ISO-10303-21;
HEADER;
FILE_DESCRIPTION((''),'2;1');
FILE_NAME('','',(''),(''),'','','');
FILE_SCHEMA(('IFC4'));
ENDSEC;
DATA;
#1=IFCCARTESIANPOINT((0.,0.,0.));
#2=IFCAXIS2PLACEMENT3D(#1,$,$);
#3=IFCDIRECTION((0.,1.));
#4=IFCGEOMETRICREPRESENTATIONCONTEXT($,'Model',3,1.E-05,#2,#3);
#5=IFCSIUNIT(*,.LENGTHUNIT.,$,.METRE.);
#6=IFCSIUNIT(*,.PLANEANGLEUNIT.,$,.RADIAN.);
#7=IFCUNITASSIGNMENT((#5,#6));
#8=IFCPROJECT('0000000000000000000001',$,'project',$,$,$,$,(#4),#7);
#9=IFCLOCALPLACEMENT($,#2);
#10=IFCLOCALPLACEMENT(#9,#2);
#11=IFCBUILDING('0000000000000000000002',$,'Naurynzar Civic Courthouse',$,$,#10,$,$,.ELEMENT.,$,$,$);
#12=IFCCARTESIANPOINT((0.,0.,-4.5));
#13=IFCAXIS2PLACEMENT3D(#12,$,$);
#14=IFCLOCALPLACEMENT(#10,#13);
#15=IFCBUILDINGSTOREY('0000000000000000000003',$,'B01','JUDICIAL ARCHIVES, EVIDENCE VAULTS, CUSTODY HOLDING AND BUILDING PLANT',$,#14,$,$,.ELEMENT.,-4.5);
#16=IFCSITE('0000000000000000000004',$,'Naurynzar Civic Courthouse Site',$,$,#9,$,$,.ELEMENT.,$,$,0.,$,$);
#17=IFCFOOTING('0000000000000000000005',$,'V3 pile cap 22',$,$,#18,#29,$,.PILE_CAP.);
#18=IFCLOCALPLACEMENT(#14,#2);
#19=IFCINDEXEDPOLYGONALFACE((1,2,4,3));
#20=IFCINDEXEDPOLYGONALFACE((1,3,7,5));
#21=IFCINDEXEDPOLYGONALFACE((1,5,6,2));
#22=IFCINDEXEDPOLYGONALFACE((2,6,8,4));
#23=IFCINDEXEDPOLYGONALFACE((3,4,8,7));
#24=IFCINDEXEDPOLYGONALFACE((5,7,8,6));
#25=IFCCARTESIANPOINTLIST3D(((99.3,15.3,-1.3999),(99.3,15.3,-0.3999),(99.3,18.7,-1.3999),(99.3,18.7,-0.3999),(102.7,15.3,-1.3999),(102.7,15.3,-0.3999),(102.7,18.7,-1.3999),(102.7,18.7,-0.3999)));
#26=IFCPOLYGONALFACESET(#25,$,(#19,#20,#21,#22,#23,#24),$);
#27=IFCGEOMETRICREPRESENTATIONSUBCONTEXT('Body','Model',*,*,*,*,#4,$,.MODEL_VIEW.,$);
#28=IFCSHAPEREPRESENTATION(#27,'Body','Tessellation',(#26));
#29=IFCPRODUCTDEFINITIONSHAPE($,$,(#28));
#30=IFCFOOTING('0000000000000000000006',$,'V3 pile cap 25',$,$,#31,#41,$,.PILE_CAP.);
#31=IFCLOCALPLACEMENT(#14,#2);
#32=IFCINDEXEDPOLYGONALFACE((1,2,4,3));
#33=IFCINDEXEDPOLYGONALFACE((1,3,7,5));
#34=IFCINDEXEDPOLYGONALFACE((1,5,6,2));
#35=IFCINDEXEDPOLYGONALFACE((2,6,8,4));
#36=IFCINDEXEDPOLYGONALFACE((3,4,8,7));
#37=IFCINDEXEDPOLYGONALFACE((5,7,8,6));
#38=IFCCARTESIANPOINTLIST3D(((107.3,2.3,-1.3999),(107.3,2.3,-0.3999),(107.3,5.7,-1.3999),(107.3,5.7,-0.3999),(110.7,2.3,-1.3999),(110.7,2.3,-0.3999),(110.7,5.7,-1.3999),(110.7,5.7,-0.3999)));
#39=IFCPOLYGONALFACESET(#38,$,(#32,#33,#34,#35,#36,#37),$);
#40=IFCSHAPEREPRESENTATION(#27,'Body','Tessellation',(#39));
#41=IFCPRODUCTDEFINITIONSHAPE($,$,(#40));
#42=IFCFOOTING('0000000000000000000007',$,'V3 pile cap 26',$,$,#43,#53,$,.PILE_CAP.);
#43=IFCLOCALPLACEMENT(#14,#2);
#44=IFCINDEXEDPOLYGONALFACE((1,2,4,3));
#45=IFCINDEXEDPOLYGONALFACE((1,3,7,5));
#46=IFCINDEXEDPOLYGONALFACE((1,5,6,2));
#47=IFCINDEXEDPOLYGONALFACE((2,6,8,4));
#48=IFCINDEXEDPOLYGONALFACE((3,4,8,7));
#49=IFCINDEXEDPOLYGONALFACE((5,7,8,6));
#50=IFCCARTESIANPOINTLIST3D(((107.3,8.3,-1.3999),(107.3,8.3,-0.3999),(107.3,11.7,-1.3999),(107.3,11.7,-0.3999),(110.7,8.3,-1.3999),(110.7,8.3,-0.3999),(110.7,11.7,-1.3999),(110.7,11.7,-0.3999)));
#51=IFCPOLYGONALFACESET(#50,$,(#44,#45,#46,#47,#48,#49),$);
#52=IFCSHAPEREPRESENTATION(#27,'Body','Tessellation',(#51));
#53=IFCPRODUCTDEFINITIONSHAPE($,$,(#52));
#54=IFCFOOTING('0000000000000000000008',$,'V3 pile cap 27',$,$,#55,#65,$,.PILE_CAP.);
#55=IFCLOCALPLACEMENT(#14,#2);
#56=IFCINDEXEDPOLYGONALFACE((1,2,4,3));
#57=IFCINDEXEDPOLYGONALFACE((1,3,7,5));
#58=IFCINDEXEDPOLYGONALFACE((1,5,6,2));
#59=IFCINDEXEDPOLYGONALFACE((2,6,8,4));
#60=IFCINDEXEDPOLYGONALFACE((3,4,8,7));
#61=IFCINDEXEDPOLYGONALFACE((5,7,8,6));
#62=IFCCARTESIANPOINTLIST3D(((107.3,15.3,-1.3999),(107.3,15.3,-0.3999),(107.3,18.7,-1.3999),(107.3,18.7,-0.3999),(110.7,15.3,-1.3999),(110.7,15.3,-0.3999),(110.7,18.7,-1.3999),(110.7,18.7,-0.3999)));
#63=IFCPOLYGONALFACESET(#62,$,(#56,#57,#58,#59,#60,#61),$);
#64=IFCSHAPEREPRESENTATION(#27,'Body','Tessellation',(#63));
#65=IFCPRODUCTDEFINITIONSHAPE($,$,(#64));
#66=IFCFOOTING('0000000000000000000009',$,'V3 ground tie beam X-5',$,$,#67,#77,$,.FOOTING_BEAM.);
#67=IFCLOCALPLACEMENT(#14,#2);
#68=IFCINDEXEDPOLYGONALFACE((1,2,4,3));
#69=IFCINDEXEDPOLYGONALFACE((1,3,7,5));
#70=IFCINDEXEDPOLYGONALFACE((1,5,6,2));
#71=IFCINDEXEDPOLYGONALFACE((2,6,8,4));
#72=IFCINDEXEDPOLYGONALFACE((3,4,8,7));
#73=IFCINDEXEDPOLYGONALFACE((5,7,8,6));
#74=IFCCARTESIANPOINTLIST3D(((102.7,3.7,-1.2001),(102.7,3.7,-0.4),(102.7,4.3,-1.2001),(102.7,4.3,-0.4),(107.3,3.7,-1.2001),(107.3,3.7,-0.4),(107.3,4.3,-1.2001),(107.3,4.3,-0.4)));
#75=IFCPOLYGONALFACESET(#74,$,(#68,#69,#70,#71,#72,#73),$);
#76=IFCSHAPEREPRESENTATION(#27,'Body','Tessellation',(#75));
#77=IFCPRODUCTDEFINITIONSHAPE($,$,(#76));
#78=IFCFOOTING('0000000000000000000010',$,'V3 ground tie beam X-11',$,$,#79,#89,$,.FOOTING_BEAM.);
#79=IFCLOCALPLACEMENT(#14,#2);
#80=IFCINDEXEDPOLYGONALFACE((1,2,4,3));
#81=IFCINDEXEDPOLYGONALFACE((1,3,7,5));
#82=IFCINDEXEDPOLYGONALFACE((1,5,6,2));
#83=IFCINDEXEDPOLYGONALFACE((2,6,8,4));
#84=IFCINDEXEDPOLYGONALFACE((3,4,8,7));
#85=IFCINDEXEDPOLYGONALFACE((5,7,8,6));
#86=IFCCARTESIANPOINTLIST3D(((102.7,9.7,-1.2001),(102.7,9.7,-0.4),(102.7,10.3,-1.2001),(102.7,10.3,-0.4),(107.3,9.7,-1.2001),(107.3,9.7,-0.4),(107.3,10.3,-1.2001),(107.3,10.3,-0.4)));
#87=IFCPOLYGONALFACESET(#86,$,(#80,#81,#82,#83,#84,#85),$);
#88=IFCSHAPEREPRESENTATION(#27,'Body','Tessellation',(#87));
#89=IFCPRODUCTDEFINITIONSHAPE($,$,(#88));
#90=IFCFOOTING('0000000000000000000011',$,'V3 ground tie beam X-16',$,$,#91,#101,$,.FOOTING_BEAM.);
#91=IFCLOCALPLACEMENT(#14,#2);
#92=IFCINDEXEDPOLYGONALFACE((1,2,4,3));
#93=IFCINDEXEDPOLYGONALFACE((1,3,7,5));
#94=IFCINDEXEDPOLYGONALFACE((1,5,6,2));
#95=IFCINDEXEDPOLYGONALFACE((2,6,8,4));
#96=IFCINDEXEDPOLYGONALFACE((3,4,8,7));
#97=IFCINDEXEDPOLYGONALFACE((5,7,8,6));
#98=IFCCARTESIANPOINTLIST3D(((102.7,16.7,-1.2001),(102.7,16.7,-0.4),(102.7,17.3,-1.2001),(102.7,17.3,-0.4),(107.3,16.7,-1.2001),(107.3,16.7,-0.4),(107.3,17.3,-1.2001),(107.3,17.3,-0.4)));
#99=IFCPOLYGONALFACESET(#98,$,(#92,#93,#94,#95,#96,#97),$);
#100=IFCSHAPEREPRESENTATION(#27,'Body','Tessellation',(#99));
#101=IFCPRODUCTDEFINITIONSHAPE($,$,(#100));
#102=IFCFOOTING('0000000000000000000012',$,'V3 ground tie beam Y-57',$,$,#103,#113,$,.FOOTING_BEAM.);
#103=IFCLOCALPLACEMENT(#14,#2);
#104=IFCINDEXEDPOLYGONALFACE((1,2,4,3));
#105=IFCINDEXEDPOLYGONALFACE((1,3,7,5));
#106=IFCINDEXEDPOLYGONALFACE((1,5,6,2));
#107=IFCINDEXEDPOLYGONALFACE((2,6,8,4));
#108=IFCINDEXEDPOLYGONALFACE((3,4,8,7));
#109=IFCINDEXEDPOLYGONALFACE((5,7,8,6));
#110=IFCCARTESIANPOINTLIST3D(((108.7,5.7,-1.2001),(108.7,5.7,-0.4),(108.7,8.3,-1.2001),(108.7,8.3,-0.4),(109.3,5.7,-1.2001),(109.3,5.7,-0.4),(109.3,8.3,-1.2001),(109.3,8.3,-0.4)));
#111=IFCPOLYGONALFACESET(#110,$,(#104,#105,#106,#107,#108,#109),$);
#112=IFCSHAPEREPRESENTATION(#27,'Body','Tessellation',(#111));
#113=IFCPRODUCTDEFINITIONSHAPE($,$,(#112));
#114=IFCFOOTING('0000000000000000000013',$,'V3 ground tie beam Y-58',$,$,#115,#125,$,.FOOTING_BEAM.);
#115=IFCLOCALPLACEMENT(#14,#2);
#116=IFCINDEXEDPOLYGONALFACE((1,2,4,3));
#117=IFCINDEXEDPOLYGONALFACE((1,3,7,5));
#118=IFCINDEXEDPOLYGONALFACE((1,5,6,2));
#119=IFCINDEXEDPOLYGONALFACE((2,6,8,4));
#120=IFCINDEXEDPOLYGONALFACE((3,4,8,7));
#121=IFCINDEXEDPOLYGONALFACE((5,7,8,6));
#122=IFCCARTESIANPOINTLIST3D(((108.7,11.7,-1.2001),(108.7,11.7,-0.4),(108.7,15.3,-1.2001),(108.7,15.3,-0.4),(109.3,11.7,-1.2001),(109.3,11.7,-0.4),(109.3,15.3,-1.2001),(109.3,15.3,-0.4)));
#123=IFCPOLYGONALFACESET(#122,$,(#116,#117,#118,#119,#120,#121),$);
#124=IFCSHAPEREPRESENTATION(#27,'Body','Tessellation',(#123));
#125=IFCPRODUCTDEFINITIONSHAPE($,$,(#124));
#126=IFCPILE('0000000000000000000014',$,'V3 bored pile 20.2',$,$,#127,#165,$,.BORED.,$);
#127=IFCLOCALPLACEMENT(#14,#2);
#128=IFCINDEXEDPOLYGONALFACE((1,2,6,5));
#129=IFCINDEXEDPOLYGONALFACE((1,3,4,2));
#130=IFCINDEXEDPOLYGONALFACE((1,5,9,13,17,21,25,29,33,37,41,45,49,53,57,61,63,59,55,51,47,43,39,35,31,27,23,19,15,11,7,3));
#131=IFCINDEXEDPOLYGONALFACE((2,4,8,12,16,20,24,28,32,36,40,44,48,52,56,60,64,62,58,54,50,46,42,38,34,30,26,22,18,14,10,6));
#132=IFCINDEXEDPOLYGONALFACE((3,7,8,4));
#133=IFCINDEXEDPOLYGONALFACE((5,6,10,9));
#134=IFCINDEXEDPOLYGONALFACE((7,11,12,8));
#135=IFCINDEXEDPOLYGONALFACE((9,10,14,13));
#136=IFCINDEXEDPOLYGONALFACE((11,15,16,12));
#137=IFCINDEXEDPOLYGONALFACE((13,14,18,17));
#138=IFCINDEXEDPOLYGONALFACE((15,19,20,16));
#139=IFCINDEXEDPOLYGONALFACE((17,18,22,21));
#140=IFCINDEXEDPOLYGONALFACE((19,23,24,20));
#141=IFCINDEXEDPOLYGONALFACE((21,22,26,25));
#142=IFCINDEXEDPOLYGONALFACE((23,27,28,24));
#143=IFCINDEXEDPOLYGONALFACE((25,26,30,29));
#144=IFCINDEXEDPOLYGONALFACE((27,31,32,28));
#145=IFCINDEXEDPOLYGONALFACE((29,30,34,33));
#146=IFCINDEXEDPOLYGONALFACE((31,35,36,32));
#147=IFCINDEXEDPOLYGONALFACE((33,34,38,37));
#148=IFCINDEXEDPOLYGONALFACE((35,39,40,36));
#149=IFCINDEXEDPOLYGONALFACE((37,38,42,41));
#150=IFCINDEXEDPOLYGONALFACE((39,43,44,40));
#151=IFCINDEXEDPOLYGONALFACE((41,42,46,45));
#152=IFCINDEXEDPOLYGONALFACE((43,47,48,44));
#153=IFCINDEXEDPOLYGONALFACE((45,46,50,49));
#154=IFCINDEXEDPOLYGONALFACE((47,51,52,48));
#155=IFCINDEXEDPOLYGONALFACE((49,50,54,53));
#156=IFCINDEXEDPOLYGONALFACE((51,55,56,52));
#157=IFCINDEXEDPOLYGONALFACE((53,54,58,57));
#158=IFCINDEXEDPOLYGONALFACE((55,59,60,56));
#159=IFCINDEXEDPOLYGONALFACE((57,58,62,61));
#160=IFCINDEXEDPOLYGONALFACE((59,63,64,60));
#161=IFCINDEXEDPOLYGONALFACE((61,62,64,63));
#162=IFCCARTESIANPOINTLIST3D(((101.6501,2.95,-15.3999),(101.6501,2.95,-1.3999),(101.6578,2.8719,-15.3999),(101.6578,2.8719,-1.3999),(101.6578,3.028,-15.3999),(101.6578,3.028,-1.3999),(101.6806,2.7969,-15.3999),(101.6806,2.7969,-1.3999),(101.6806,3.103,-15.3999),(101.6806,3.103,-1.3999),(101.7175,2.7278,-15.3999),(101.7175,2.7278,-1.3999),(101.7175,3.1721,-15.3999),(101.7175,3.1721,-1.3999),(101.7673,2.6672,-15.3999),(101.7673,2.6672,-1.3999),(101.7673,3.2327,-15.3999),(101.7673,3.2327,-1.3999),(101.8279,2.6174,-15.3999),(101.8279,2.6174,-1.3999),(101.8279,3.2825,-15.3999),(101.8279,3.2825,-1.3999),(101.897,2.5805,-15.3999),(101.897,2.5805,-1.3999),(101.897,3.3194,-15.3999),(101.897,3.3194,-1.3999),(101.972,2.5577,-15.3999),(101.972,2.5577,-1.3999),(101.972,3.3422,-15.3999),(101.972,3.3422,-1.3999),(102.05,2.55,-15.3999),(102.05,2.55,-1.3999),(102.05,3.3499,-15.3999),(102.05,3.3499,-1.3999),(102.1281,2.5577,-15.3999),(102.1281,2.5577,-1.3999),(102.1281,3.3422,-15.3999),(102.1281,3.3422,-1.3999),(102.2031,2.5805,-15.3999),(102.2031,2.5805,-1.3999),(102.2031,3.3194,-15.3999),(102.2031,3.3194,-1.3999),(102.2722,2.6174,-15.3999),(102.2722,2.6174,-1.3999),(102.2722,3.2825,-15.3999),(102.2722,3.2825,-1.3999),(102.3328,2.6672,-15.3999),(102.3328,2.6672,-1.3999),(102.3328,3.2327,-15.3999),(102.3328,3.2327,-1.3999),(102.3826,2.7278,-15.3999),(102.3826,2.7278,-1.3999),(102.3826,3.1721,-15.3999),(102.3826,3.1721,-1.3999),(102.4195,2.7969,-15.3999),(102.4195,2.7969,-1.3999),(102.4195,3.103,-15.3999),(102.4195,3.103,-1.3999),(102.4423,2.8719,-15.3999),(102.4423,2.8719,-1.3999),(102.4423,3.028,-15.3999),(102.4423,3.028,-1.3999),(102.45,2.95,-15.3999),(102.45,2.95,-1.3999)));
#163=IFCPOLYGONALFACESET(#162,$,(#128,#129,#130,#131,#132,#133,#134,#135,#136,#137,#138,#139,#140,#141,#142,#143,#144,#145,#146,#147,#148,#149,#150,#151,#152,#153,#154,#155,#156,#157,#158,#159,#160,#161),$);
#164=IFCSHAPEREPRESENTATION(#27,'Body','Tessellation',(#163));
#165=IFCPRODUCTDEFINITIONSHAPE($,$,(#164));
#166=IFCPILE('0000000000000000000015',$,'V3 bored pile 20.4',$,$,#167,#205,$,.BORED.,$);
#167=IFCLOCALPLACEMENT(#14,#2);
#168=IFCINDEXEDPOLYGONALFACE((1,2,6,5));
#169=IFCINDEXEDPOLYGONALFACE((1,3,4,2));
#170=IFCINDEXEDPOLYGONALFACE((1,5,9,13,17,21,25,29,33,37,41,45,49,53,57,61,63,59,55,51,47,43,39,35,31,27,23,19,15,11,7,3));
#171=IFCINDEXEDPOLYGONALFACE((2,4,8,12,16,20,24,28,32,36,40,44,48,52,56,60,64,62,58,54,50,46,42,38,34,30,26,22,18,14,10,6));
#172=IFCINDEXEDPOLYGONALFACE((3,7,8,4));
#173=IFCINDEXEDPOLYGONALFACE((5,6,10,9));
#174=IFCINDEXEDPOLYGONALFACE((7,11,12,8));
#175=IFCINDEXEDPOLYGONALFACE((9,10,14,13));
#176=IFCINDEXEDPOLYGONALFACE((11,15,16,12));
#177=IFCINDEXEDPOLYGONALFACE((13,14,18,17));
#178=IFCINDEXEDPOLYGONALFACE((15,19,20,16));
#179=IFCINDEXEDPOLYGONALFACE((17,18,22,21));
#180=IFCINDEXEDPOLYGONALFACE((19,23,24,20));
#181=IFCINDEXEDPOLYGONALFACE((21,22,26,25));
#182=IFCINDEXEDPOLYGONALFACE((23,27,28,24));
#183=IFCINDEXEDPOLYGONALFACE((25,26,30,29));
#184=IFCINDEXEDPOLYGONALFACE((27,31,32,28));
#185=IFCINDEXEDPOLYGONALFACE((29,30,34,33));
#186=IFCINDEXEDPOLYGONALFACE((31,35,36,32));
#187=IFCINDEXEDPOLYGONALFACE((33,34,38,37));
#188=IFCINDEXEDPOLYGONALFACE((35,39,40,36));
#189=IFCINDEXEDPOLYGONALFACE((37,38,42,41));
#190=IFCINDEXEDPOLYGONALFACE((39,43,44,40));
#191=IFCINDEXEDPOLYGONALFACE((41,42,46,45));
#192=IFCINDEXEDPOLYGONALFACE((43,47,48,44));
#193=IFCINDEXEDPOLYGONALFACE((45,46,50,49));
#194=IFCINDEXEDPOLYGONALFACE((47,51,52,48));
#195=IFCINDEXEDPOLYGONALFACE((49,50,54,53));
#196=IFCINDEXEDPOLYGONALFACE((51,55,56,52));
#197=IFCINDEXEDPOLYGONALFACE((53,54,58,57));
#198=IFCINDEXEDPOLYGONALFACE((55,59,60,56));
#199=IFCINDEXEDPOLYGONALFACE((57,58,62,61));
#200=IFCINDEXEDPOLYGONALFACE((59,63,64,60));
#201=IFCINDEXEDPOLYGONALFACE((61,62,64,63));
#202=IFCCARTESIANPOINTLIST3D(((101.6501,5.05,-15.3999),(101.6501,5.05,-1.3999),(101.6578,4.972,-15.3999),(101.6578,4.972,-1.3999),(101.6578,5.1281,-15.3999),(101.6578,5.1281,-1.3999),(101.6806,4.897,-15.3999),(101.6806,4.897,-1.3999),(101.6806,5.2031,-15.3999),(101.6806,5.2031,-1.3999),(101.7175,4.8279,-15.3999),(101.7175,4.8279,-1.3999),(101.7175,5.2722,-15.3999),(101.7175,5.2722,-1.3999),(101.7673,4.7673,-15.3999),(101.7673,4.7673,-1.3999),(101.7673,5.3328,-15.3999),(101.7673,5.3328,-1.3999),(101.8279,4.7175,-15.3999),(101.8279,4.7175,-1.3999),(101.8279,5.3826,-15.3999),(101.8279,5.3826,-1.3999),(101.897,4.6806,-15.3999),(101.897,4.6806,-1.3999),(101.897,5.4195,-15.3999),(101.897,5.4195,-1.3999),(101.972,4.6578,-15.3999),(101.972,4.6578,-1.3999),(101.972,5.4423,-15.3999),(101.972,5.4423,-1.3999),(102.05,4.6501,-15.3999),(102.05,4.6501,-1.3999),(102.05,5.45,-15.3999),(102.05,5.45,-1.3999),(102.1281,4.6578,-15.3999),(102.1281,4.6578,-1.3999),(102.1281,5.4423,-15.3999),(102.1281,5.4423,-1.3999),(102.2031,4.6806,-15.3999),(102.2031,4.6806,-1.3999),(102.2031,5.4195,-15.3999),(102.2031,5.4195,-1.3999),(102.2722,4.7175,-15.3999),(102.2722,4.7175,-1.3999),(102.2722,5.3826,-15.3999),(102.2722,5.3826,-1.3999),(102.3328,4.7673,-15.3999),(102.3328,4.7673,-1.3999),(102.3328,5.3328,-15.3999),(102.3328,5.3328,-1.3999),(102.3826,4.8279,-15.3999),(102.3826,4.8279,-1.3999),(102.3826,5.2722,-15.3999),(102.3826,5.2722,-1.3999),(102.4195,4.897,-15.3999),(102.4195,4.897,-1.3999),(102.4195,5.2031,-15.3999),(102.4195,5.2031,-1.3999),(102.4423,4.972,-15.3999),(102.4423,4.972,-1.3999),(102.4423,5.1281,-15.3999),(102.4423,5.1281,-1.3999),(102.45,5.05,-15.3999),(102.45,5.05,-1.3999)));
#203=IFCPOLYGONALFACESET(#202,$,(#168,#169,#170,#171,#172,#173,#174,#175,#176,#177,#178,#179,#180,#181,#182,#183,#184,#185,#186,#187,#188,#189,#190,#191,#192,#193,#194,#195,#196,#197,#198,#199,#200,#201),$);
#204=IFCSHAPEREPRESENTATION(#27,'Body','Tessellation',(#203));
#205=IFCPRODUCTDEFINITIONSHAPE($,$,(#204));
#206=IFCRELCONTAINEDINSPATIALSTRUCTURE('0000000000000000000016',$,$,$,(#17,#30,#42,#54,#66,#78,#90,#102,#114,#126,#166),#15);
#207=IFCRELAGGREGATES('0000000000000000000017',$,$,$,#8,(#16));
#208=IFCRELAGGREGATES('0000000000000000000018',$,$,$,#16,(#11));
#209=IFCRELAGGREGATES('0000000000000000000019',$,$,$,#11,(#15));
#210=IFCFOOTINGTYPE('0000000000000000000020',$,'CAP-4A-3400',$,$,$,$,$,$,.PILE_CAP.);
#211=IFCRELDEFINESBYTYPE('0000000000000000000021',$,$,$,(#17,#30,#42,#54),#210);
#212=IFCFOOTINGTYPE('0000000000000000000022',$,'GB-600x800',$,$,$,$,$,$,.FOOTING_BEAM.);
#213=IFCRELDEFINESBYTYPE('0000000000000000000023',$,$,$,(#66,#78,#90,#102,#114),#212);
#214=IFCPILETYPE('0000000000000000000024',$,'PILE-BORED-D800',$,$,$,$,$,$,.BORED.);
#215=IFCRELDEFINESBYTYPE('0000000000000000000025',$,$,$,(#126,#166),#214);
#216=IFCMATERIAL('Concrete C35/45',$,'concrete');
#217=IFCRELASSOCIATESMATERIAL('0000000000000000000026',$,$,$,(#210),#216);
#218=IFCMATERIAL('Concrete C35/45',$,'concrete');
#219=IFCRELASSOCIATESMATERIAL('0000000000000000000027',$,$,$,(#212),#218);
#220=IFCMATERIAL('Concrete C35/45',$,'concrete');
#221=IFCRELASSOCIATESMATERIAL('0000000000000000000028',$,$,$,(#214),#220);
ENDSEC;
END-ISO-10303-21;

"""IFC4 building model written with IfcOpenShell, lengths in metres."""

from ifc_helpers import new_model, si_unit, direction, frame, origin, origin_2d, place, context, subcontext, project, spatial, rectangle, circle, extrude, material, material_profile, profile_set, type_object, element, save


model = new_model("IFC4")

# Units and contexts
model_context = context("Model", 3, precision=1e-05, world=origin(), true_north=direction((0.0, 1.0)))
body_context = subcontext(model_context, "Body", "Model", "MODEL_VIEW")
ifc_project = project(units=[si_unit("LENGTHUNIT", "METRE"), si_unit("PLANEANGLEUNIT", "RADIAN")], contexts=[model_context])

# Site, building, storey
site_placement = place(None, origin())
site = spatial("IfcSite", under=ifc_project, at=site_placement, Name="Naurynzar Civic Courthouse Site", CompositionType="ELEMENT", RefElevation=0.0)
building_placement = place(site_placement, origin())
building = spatial("IfcBuilding", under=site, at=building_placement, Name="Naurynzar Civic Courthouse", CompositionType="ELEMENT")
storey_placement = place(building_placement, frame((0.0, 0.0, -4.5)))
storey = spatial("IfcBuildingStorey", under=building, at=storey_placement, Name="B01", Description="JUDICIAL ARCHIVES, EVIDENCE VAULTS, CUSTODY HOLDING AND BUILDING PLANT", CompositionType="ELEMENT", Elevation=-4.5)

# Footings
ifc_material_1 = material(Name="Concrete C35/45", Category="concrete")
footing_type_1 = type_object("IfcFootingType", Name="CAP-4A-3400", PredefinedType="PILE_CAP", material=ifc_material_1)
for number, where, z_axis, x_axis, name in (
    (1, (101.0, 17.0, -1.3999), (0.0, 0.0, 1.0), (1.0, 0.0, 0.0), "V3 pile cap 22"),
    (2, (109.0, 4.0, -1.3999), (0.0, 0.0, 1.0), (1.0, 0.0, 0.0), "V3 pile cap 25"),
    (3, (109.0, 10.0, -1.3999), (0.0, 0.0, 1.0), (1.0, 0.0, 0.0), "V3 pile cap 26"),
    (4, (109.0, 17.0, -1.3999), (0.0, 0.0, 1.0), (1.0, 0.0, 0.0), "V3 pile cap 27"),
):
    element("IfcFooting", number, at=place(storey_placement, frame(where, z_axis=z_axis, x_axis=x_axis)), inside=storey, type_object=footing_type_1, Name=name, PredefinedType="PILE_CAP", context=body_context, shape_type="SweptSolid", body=[
        extrude(rectangle(XDim=3.3999, YDim=3.3999, at=origin_2d()), origin(), (0.0, 0.0, 1.0), 1.0),
    ])
ifc_material_2 = material(Name="Concrete C35/45", Category="concrete")
ifc_material_profile_1 = material_profile(ifc_material_2, rectangle(XDim=0.6001, YDim=0.8, at=origin_2d()), Name="GB 600x800")
ifc_profile_set_1 = profile_set([ifc_material_profile_1], Name="Concrete C35/45")
footing_type_2 = type_object("IfcFootingType", Name="GB-600x800", PredefinedType="FOOTING_BEAM", material=ifc_profile_set_1)
for number, where, z_axis, x_axis, name in (
    (5, (102.7, 4.0, -0.8), (1.0, 0.0, 0.0), (0.0, 1.0, 0.0), "V3 ground tie beam X-5"),
    (6, (102.7, 10.0, -0.8), (1.0, 0.0, 0.0), (0.0, 1.0, 0.0), "V3 ground tie beam X-11"),
    (7, (102.7, 17.0, -0.8), (1.0, 0.0, 0.0), (0.0, 1.0, 0.0), "V3 ground tie beam X-16"),
):
    element("IfcFooting", number, at=place(storey_placement, frame(where, z_axis=z_axis, x_axis=x_axis)), inside=storey, type_object=footing_type_2, Name=name, PredefinedType="FOOTING_BEAM", context=body_context, shape_type="SweptSolid", body=[
        extrude(rectangle(XDim=0.6001, YDim=0.8, at=origin_2d()), origin(), (0.0, 0.0, 1.0), 4.6001),
    ])
footing_1_placement = place(storey_placement, frame((109.0, 5.7, -0.8), z_axis=(0.0, 1.0, 0.0), x_axis=(-1.0, 0.0, 0.0)))
element("IfcFooting", 8, at=footing_1_placement, inside=storey, type_object=footing_type_2, Name="V3 ground tie beam Y-57", PredefinedType="FOOTING_BEAM", context=body_context, shape_type="SweptSolid", body=[
    extrude(rectangle(XDim=0.6001, YDim=0.8, at=origin_2d()), origin(), (0.0, 0.0, 1.0), 2.6001),
])
footing_2_placement = place(storey_placement, frame((109.0, 11.7, -0.8), z_axis=(0.0, 1.0, 0.0), x_axis=(-1.0, 0.0, 0.0)))
element("IfcFooting", 9, at=footing_2_placement, inside=storey, type_object=footing_type_2, Name="V3 ground tie beam Y-58", PredefinedType="FOOTING_BEAM", context=body_context, shape_type="SweptSolid", body=[
    extrude(rectangle(XDim=0.6001, YDim=0.8, at=origin_2d()), origin(), (0.0, 0.0, 1.0), 3.6001),
])

# Piles
ifc_material_3 = material(Name="Concrete C35/45", Category="concrete")
ifc_material_profile_2 = material_profile(ifc_material_3, circle(Radius=0.3999, at=origin_2d()), Name="PILE D800")
ifc_profile_set_2 = profile_set([ifc_material_profile_2], Name="Concrete C35/45")
pile_type = type_object("IfcPileType", Name="PILE-BORED-D800", PredefinedType="BORED", material=ifc_profile_set_2)
for number, where, z_axis, x_axis, name in (
    (10, (102.05, 2.95, -1.3999), (0.0, 0.0, -1.0), (1.0, 0.0, 0.0), "V3 bored pile 20.2"),
    (11, (102.05, 5.05, -1.3999), (0.0, 0.0, -1.0), (1.0, 0.0, 0.0), "V3 bored pile 20.4"),
):
    element("IfcPile", number, at=place(storey_placement, frame(where, z_axis=z_axis, x_axis=x_axis)), inside=storey, type_object=pile_type, Name=name, PredefinedType="BORED", context=body_context, shape_type="SweptSolid", body=[
        extrude(circle(Radius=0.3999, at=origin_2d()), origin(), (0.0, 0.0, 1.0), 14.0),
    ])

save(model, "model.ifc")
